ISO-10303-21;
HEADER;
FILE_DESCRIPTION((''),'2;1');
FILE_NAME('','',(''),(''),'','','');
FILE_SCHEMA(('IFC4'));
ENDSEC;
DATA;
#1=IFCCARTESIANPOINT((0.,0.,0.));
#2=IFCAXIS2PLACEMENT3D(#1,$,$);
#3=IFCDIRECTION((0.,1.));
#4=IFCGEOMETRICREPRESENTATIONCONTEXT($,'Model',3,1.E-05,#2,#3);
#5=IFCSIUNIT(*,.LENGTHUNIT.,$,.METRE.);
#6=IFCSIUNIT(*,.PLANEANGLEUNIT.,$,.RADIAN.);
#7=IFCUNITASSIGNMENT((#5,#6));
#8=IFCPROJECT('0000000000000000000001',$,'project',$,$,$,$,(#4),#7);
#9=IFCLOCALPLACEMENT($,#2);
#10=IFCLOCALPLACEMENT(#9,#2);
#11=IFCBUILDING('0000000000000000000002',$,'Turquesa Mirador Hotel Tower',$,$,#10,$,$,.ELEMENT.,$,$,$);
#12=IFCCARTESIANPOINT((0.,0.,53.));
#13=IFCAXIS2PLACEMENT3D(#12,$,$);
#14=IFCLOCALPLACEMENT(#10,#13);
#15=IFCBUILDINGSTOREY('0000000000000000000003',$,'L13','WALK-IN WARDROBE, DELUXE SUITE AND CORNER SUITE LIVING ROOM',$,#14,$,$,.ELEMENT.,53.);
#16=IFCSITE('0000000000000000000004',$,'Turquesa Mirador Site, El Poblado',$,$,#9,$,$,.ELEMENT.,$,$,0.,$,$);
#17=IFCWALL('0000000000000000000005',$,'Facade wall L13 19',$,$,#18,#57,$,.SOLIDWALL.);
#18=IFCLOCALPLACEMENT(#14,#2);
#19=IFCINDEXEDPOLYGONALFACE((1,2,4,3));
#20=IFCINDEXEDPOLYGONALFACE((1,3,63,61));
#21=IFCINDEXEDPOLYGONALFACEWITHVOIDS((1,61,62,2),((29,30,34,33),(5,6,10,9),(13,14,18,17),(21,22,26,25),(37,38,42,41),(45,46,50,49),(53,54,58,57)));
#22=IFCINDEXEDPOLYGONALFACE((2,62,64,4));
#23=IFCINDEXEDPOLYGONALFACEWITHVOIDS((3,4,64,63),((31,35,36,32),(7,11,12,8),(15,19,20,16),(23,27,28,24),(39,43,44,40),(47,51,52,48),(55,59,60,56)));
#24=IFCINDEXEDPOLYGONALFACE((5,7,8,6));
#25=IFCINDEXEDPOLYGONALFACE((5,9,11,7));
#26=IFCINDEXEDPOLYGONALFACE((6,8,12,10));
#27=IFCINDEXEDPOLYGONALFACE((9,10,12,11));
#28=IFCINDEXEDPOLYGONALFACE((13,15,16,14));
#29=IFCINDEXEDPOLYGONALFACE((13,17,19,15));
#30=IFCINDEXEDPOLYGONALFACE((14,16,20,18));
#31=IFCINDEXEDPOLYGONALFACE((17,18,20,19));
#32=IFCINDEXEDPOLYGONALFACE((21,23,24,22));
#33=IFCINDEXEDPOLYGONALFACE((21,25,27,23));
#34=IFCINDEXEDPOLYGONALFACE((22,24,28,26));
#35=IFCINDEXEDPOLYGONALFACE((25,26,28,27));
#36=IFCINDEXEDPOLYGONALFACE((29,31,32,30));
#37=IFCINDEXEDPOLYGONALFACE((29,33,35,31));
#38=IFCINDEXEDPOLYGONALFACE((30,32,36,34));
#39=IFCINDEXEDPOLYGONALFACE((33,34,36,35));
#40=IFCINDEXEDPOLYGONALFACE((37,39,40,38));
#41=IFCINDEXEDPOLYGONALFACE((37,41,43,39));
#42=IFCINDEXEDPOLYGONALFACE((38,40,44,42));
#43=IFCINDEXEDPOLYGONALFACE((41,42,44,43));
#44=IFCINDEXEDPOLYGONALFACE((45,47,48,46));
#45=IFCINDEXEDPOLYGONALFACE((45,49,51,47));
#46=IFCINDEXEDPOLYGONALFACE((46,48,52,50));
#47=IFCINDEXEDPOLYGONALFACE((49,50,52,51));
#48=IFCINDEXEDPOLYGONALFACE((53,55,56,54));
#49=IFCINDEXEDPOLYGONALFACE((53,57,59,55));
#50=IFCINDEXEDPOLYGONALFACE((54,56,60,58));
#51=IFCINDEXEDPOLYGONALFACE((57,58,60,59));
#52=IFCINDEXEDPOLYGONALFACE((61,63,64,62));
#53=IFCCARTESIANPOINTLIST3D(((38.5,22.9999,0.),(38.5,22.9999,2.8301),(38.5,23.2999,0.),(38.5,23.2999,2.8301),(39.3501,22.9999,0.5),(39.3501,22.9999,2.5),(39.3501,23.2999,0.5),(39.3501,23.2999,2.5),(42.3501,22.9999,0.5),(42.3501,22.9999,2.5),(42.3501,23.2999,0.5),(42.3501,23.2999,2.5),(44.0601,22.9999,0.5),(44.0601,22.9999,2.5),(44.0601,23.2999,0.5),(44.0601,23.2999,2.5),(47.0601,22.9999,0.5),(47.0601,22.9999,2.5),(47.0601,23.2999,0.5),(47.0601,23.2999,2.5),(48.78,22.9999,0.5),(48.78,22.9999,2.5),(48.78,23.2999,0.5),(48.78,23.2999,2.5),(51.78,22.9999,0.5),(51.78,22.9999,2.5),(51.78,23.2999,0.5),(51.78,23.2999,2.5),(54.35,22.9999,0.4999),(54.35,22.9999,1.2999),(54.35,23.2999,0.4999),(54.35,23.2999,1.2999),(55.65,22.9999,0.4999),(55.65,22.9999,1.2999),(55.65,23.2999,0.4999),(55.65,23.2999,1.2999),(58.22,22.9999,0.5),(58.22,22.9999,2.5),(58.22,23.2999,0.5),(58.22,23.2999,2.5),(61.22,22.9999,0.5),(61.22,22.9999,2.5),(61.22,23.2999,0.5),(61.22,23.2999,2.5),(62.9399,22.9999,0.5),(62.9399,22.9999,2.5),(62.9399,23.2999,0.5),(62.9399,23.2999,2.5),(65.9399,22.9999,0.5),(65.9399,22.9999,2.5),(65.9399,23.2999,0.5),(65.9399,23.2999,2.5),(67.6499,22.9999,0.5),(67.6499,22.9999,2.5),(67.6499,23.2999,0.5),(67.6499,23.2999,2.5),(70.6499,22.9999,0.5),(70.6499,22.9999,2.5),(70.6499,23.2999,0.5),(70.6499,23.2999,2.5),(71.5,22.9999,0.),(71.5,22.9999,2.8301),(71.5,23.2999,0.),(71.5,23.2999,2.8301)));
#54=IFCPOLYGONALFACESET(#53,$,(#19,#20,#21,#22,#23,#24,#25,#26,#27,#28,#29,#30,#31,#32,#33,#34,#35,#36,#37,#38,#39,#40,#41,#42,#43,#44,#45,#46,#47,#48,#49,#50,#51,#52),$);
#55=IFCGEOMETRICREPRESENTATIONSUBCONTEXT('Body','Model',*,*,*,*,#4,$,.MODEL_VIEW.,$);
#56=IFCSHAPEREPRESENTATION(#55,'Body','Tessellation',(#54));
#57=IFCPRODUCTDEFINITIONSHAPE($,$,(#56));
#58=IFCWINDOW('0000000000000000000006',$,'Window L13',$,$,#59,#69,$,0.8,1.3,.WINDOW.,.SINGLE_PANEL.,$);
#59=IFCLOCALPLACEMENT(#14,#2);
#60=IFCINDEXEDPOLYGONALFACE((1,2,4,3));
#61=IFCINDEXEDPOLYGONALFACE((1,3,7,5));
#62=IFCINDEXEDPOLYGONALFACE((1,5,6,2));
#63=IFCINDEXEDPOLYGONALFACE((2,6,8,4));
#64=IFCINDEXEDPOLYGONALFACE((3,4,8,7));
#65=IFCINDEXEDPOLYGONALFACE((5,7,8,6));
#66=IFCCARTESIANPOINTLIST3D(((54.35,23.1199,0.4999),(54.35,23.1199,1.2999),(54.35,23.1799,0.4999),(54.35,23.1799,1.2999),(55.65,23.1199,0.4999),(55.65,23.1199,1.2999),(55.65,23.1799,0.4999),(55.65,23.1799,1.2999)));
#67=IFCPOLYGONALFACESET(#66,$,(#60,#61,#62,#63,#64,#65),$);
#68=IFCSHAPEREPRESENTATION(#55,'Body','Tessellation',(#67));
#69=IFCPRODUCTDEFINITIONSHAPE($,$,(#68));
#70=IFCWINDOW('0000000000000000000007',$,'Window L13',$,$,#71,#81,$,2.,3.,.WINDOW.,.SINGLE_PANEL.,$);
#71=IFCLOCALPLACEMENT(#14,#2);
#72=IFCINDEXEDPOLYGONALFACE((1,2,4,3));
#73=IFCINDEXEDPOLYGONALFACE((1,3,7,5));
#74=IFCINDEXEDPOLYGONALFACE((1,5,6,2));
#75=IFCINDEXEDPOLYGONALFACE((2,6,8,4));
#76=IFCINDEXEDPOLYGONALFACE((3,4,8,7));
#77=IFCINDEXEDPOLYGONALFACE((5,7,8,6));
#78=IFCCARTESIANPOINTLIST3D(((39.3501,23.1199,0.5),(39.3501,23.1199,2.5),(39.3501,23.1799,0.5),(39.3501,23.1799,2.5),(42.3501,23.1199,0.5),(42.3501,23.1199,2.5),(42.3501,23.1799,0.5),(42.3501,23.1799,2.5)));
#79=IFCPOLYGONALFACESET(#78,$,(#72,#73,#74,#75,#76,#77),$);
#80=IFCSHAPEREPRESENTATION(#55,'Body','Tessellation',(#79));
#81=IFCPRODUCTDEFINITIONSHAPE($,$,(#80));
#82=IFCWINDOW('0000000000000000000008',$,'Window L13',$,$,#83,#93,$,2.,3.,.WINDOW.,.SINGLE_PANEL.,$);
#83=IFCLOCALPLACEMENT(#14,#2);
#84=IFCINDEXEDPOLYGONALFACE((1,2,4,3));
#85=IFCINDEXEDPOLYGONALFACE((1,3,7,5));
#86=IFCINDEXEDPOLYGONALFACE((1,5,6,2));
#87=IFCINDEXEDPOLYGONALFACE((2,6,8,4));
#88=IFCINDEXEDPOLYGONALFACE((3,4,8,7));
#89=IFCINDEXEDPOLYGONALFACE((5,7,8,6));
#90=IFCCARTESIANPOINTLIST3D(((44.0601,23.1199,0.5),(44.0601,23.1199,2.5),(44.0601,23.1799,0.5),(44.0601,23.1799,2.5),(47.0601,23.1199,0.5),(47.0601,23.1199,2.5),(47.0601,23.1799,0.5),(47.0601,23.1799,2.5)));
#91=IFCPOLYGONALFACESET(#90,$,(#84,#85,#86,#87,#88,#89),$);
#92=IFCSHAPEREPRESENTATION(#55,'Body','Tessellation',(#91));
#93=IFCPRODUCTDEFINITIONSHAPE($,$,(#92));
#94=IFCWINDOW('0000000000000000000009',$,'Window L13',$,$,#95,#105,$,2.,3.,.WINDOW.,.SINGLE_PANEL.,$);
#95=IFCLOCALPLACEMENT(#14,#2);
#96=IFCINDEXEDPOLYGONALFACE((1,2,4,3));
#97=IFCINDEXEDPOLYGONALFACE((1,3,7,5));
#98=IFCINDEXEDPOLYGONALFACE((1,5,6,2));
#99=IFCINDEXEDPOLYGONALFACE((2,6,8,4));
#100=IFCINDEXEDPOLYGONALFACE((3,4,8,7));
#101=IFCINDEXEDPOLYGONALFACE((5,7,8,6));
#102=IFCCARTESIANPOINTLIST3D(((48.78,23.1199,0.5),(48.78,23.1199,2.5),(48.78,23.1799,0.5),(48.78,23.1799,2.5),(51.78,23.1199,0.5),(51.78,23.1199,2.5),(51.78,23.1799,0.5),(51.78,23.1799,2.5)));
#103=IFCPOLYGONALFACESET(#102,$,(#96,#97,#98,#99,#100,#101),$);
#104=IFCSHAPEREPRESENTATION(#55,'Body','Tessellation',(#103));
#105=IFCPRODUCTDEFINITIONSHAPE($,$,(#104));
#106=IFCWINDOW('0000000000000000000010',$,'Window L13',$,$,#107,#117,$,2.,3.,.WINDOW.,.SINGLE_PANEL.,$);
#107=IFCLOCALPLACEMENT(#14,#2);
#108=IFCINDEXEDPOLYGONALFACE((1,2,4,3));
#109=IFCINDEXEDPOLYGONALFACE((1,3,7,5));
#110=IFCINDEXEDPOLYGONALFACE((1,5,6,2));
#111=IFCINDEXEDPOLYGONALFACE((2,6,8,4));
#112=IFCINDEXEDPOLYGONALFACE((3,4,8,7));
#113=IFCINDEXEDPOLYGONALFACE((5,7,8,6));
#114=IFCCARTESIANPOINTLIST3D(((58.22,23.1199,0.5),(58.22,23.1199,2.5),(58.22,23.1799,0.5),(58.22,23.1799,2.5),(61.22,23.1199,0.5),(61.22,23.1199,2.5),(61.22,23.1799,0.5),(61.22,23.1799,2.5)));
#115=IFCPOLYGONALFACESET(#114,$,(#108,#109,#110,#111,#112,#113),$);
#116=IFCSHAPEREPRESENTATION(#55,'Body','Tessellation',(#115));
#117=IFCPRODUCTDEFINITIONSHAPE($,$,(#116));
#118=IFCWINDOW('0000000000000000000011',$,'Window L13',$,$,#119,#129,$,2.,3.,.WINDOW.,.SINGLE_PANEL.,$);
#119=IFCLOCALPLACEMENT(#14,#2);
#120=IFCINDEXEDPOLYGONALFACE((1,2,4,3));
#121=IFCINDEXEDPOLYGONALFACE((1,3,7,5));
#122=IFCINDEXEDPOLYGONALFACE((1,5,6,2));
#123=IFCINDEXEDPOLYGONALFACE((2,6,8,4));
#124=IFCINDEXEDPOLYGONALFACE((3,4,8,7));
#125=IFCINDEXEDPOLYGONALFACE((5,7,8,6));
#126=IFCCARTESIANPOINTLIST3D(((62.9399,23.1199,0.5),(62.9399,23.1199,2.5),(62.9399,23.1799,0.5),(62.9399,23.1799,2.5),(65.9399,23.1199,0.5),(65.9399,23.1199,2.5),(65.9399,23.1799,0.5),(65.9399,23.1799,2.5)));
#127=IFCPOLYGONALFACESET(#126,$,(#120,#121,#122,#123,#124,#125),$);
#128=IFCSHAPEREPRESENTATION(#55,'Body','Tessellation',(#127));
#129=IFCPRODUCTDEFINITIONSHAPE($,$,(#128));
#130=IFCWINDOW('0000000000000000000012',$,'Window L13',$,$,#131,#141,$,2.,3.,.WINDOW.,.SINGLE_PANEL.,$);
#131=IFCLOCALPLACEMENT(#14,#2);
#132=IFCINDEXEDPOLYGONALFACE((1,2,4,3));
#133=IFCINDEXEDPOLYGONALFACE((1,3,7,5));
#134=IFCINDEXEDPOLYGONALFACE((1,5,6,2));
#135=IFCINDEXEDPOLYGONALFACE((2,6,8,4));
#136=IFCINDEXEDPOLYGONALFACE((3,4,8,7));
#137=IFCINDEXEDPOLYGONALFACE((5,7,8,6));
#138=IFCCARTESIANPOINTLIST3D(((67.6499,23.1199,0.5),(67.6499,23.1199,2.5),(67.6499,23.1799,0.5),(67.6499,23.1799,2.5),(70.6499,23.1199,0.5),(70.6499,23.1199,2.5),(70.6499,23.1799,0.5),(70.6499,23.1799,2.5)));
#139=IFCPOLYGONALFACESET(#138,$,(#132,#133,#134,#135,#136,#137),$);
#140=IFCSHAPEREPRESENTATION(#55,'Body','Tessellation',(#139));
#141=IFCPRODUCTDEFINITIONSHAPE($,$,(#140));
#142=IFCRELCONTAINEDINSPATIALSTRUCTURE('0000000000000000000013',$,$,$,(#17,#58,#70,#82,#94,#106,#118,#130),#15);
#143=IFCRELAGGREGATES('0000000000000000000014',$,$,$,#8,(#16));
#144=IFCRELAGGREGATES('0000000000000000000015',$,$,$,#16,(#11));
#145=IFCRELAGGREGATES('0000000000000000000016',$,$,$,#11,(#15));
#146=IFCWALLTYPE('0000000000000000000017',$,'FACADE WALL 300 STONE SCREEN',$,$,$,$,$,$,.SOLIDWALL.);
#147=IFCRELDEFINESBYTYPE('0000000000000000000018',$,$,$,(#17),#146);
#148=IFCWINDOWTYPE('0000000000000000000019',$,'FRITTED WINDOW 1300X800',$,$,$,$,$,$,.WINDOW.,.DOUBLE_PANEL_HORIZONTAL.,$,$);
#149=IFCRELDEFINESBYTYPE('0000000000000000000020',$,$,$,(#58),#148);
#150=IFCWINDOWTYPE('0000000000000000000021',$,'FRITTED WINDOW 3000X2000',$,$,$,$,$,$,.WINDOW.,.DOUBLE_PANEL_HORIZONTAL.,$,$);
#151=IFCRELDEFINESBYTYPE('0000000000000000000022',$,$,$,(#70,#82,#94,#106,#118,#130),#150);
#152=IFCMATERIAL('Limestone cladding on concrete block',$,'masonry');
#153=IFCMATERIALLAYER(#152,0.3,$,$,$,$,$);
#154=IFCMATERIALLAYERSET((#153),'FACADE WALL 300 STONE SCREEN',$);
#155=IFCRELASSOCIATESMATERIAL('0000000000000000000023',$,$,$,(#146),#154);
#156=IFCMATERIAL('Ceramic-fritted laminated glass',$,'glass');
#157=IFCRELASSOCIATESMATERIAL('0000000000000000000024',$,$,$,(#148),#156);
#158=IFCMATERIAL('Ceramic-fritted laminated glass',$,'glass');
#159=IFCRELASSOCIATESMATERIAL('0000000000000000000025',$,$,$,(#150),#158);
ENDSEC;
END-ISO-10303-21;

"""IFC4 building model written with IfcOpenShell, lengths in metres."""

from ifc_helpers import new_model, si_unit, direction, frame, frame_2d, origin, place, context, subcontext, project, spatial, rectangle, extrude, material, layer, layer_set, type_object, element, fill, save


model = new_model("IFC4")

# Units and contexts
model_context = context("Model", 3, precision=1e-05, world=origin(), true_north=direction((0.0, 1.0)))
body_context = subcontext(model_context, "Body", "Model", "MODEL_VIEW")
ifc_project = project(units=[si_unit("LENGTHUNIT", "METRE"), si_unit("PLANEANGLEUNIT", "RADIAN")], contexts=[model_context])

# Site, building, storey
site_placement = place(None, origin())
site = spatial("IfcSite", under=ifc_project, at=site_placement, Name="Turquesa Mirador Site, El Poblado", CompositionType="ELEMENT", RefElevation=0.0)
building_placement = place(site_placement, origin())
building = spatial("IfcBuilding", under=site, at=building_placement, Name="Turquesa Mirador Hotel Tower", CompositionType="ELEMENT")
storey_placement = place(building_placement, frame((0.0, 0.0, 53.0)))
storey = spatial("IfcBuildingStorey", under=building, at=storey_placement, Name="L13", Description="WALK-IN WARDROBE, DELUXE SUITE AND CORNER SUITE LIVING ROOM", CompositionType="ELEMENT", Elevation=53.0)

# Shared definitions
ifc_material_1 = material(Name="Limestone cladding on concrete block", Category="masonry")
ifc_layer_1 = layer(ifc_material_1, 0.3)
ifc_layer_set_1 = layer_set([ifc_layer_1], Name="FACADE WALL 300 STONE SCREEN")
wall_type_1 = type_object("IfcWallType", Name="FACADE WALL 300 STONE SCREEN", PredefinedType="SOLIDWALL", material=ifc_layer_set_1)

# Wall, openings, windows
wall_1_placement = place(storey_placement, frame((38.5, 23.1499, 0.0), z_axis=(0.0, 0.0, 1.0), x_axis=(1.0, 0.0, 0.0)))
wall_1 = element("IfcWall", 1, at=wall_1_placement, inside=storey, type_object=wall_type_1, Name="Facade wall L13 19", PredefinedType="SOLIDWALL", context=body_context, shape_type="SweptSolid", body=[
    extrude(rectangle(XDim=33.0, YDim=0.3, at=frame_2d((16.5, 0.0))), origin(), (0.0, 0.0, 1.0), 2.8301),
])
opening_1_placement = place(wall_1_placement, frame((0.8501, 0.0, 0.5)))
opening_1 = element("IfcOpeningElement", 2, at=opening_1_placement, cuts=wall_1, PredefinedType="OPENING", context=body_context, shape_type="SweptSolid", body=[
    extrude(rectangle(XDim=3.0, YDim=2.0, at=frame_2d((1.5, 1.0))), frame((0.0, 0.1599, 0.0), z_axis=(0.0, -1.0, 0.0), x_axis=(1.0, 0.0, 0.0)), (0.0, 0.0, 1.0), 0.3201),
])
opening_2_placement = place(wall_1_placement, frame((5.5601, 0.0, 0.5)))
opening_2 = element("IfcOpeningElement", 3, at=opening_2_placement, cuts=wall_1, PredefinedType="OPENING", context=body_context, shape_type="SweptSolid", body=[
    extrude(rectangle(XDim=3.0, YDim=2.0, at=frame_2d((1.5, 1.0))), frame((0.0, 0.1599, 0.0), z_axis=(0.0, -1.0, 0.0), x_axis=(1.0, 0.0, 0.0)), (0.0, 0.0, 1.0), 0.3201),
])
opening_3_placement = place(wall_1_placement, frame((10.28, 0.0, 0.5)))
opening_3 = element("IfcOpeningElement", 4, at=opening_3_placement, cuts=wall_1, PredefinedType="OPENING", context=body_context, shape_type="SweptSolid", body=[
    extrude(rectangle(XDim=3.0, YDim=2.0, at=frame_2d((1.5, 1.0))), frame((0.0, 0.1599, 0.0), z_axis=(0.0, -1.0, 0.0), x_axis=(1.0, 0.0, 0.0)), (0.0, 0.0, 1.0), 0.3201),
])
opening_4_placement = place(wall_1_placement, frame((15.8501, 0.0, 0.5)))
opening_4 = element("IfcOpeningElement", 5, at=opening_4_placement, cuts=wall_1, PredefinedType="OPENING", context=body_context, shape_type="SweptSolid", body=[
    extrude(rectangle(XDim=1.3, YDim=0.8, at=frame_2d((0.6499, 0.3999))), frame((0.0, 0.1599, 0.0), z_axis=(0.0, -1.0, 0.0), x_axis=(1.0, 0.0, 0.0)), (0.0, 0.0, 1.0), 0.3201),
])
opening_5_placement = place(wall_1_placement, frame((19.72, 0.0, 0.5)))
opening_5 = element("IfcOpeningElement", 6, at=opening_5_placement, cuts=wall_1, PredefinedType="OPENING", context=body_context, shape_type="SweptSolid", body=[
    extrude(rectangle(XDim=3.0, YDim=2.0, at=frame_2d((1.5, 1.0))), frame((0.0, 0.1599, 0.0), z_axis=(0.0, -1.0, 0.0), x_axis=(1.0, 0.0, 0.0)), (0.0, 0.0, 1.0), 0.3201),
])
opening_6_placement = place(wall_1_placement, frame((24.4399, 0.0, 0.5)))
opening_6 = element("IfcOpeningElement", 7, at=opening_6_placement, cuts=wall_1, PredefinedType="OPENING", context=body_context, shape_type="SweptSolid", body=[
    extrude(rectangle(XDim=3.0, YDim=2.0, at=frame_2d((1.5, 1.0))), frame((0.0, 0.1599, 0.0), z_axis=(0.0, -1.0, 0.0), x_axis=(1.0, 0.0, 0.0)), (0.0, 0.0, 1.0), 0.3201),
])
opening_7_placement = place(wall_1_placement, frame((29.1499, 0.0, 0.5)))
opening_7 = element("IfcOpeningElement", 8, at=opening_7_placement, cuts=wall_1, PredefinedType="OPENING", context=body_context, shape_type="SweptSolid", body=[
    extrude(rectangle(XDim=3.0, YDim=2.0, at=frame_2d((1.5, 1.0))), frame((0.0, 0.1599, 0.0), z_axis=(0.0, -1.0, 0.0), x_axis=(1.0, 0.0, 0.0)), (0.0, 0.0, 1.0), 0.3201),
])
ifc_material_2 = material(Name="Ceramic-fritted laminated glass", Category="glass")
window_type_1 = type_object("IfcWindowType", Name="FRITTED WINDOW 1300X800", PartitioningType="DOUBLE_PANEL_HORIZONTAL", PredefinedType="WINDOW", material=ifc_material_2)
window_1_placement = place(opening_4_placement, origin())
window_1 = element("IfcWindow", 9, at=window_1_placement, inside=storey, type_object=window_type_1, Name="Window L13", OverallHeight=0.8, OverallWidth=1.3, PartitioningType="SINGLE_PANEL", PredefinedType="WINDOW", context=body_context, shape_type="SweptSolid", body=[
    extrude(rectangle(XDim=1.3, YDim=0.8, at=frame_2d((0.6499, 0.3999))), frame((0.0, 0.03, 0.0), z_axis=(0.0, -1.0, 0.0), x_axis=(1.0, 0.0, 0.0)), (0.0, 0.0, 1.0), 0.0601),
])
fill(opening_4, window_1)
ifc_material_3 = material(Name="Ceramic-fritted laminated glass", Category="glass")
window_type_2 = type_object("IfcWindowType", Name="FRITTED WINDOW 3000X2000", PartitioningType="DOUBLE_PANEL_HORIZONTAL", PredefinedType="WINDOW", material=ifc_material_3)
window_2_placement = place(opening_1_placement, origin())
window_2 = element("IfcWindow", 10, at=window_2_placement, inside=storey, type_object=window_type_2, Name="Window L13", OverallHeight=2.0, OverallWidth=3.0, PartitioningType="SINGLE_PANEL", PredefinedType="WINDOW", context=body_context, shape_type="SweptSolid", body=[
    extrude(rectangle(XDim=3.0, YDim=2.0, at=frame_2d((1.5, 1.0))), frame((0.0, 0.03, 0.0), z_axis=(0.0, -1.0, 0.0), x_axis=(1.0, 0.0, 0.0)), (0.0, 0.0, 1.0), 0.0601),
])
fill(opening_1, window_2)
window_3_placement = place(opening_2_placement, origin())
window_3 = element("IfcWindow", 11, at=window_3_placement, inside=storey, type_object=window_type_2, Name="Window L13", OverallHeight=2.0, OverallWidth=3.0, PartitioningType="SINGLE_PANEL", PredefinedType="WINDOW", context=body_context, shape_type="SweptSolid", body=[
    extrude(rectangle(XDim=3.0, YDim=2.0, at=frame_2d((1.5, 1.0))), frame((0.0, 0.03, 0.0), z_axis=(0.0, -1.0, 0.0), x_axis=(1.0, 0.0, 0.0)), (0.0, 0.0, 1.0), 0.0601),
])
fill(opening_2, window_3)
window_4_placement = place(opening_3_placement, origin())
window_4 = element("IfcWindow", 12, at=window_4_placement, inside=storey, type_object=window_type_2, Name="Window L13", OverallHeight=2.0, OverallWidth=3.0, PartitioningType="SINGLE_PANEL", PredefinedType="WINDOW", context=body_context, shape_type="SweptSolid", body=[
    extrude(rectangle(XDim=3.0, YDim=2.0, at=frame_2d((1.5, 1.0))), frame((0.0, 0.03, 0.0), z_axis=(0.0, -1.0, 0.0), x_axis=(1.0, 0.0, 0.0)), (0.0, 0.0, 1.0), 0.0601),
])
fill(opening_3, window_4)
window_5_placement = place(opening_5_placement, origin())
window_5 = element("IfcWindow", 13, at=window_5_placement, inside=storey, type_object=window_type_2, Name="Window L13", OverallHeight=2.0, OverallWidth=3.0, PartitioningType="SINGLE_PANEL", PredefinedType="WINDOW", context=body_context, shape_type="SweptSolid", body=[
    extrude(rectangle(XDim=3.0, YDim=2.0, at=frame_2d((1.5, 1.0))), frame((0.0, 0.03, 0.0), z_axis=(0.0, -1.0, 0.0), x_axis=(1.0, 0.0, 0.0)), (0.0, 0.0, 1.0), 0.0601),
])
fill(opening_5, window_5)
window_6_placement = place(opening_6_placement, origin())
window_6 = element("IfcWindow", 14, at=window_6_placement, inside=storey, type_object=window_type_2, Name="Window L13", OverallHeight=2.0, OverallWidth=3.0, PartitioningType="SINGLE_PANEL", PredefinedType="WINDOW", context=body_context, shape_type="SweptSolid", body=[
    extrude(rectangle(XDim=3.0, YDim=2.0, at=frame_2d((1.5, 1.0))), frame((0.0, 0.03, 0.0), z_axis=(0.0, -1.0, 0.0), x_axis=(1.0, 0.0, 0.0)), (0.0, 0.0, 1.0), 0.0601),
])
fill(opening_6, window_6)
window_7_placement = place(opening_7_placement, origin())
window_7 = element("IfcWindow", 15, at=window_7_placement, inside=storey, type_object=window_type_2, Name="Window L13", OverallHeight=2.0, OverallWidth=3.0, PartitioningType="SINGLE_PANEL", PredefinedType="WINDOW", context=body_context, shape_type="SweptSolid", body=[
    extrude(rectangle(XDim=3.0, YDim=2.0, at=frame_2d((1.5, 1.0))), frame((0.0, 0.03, 0.0), z_axis=(0.0, -1.0, 0.0), x_axis=(1.0, 0.0, 0.0)), (0.0, 0.0, 1.0), 0.0601),
])
fill(opening_7, window_7)

save(model, "model.ifc")
